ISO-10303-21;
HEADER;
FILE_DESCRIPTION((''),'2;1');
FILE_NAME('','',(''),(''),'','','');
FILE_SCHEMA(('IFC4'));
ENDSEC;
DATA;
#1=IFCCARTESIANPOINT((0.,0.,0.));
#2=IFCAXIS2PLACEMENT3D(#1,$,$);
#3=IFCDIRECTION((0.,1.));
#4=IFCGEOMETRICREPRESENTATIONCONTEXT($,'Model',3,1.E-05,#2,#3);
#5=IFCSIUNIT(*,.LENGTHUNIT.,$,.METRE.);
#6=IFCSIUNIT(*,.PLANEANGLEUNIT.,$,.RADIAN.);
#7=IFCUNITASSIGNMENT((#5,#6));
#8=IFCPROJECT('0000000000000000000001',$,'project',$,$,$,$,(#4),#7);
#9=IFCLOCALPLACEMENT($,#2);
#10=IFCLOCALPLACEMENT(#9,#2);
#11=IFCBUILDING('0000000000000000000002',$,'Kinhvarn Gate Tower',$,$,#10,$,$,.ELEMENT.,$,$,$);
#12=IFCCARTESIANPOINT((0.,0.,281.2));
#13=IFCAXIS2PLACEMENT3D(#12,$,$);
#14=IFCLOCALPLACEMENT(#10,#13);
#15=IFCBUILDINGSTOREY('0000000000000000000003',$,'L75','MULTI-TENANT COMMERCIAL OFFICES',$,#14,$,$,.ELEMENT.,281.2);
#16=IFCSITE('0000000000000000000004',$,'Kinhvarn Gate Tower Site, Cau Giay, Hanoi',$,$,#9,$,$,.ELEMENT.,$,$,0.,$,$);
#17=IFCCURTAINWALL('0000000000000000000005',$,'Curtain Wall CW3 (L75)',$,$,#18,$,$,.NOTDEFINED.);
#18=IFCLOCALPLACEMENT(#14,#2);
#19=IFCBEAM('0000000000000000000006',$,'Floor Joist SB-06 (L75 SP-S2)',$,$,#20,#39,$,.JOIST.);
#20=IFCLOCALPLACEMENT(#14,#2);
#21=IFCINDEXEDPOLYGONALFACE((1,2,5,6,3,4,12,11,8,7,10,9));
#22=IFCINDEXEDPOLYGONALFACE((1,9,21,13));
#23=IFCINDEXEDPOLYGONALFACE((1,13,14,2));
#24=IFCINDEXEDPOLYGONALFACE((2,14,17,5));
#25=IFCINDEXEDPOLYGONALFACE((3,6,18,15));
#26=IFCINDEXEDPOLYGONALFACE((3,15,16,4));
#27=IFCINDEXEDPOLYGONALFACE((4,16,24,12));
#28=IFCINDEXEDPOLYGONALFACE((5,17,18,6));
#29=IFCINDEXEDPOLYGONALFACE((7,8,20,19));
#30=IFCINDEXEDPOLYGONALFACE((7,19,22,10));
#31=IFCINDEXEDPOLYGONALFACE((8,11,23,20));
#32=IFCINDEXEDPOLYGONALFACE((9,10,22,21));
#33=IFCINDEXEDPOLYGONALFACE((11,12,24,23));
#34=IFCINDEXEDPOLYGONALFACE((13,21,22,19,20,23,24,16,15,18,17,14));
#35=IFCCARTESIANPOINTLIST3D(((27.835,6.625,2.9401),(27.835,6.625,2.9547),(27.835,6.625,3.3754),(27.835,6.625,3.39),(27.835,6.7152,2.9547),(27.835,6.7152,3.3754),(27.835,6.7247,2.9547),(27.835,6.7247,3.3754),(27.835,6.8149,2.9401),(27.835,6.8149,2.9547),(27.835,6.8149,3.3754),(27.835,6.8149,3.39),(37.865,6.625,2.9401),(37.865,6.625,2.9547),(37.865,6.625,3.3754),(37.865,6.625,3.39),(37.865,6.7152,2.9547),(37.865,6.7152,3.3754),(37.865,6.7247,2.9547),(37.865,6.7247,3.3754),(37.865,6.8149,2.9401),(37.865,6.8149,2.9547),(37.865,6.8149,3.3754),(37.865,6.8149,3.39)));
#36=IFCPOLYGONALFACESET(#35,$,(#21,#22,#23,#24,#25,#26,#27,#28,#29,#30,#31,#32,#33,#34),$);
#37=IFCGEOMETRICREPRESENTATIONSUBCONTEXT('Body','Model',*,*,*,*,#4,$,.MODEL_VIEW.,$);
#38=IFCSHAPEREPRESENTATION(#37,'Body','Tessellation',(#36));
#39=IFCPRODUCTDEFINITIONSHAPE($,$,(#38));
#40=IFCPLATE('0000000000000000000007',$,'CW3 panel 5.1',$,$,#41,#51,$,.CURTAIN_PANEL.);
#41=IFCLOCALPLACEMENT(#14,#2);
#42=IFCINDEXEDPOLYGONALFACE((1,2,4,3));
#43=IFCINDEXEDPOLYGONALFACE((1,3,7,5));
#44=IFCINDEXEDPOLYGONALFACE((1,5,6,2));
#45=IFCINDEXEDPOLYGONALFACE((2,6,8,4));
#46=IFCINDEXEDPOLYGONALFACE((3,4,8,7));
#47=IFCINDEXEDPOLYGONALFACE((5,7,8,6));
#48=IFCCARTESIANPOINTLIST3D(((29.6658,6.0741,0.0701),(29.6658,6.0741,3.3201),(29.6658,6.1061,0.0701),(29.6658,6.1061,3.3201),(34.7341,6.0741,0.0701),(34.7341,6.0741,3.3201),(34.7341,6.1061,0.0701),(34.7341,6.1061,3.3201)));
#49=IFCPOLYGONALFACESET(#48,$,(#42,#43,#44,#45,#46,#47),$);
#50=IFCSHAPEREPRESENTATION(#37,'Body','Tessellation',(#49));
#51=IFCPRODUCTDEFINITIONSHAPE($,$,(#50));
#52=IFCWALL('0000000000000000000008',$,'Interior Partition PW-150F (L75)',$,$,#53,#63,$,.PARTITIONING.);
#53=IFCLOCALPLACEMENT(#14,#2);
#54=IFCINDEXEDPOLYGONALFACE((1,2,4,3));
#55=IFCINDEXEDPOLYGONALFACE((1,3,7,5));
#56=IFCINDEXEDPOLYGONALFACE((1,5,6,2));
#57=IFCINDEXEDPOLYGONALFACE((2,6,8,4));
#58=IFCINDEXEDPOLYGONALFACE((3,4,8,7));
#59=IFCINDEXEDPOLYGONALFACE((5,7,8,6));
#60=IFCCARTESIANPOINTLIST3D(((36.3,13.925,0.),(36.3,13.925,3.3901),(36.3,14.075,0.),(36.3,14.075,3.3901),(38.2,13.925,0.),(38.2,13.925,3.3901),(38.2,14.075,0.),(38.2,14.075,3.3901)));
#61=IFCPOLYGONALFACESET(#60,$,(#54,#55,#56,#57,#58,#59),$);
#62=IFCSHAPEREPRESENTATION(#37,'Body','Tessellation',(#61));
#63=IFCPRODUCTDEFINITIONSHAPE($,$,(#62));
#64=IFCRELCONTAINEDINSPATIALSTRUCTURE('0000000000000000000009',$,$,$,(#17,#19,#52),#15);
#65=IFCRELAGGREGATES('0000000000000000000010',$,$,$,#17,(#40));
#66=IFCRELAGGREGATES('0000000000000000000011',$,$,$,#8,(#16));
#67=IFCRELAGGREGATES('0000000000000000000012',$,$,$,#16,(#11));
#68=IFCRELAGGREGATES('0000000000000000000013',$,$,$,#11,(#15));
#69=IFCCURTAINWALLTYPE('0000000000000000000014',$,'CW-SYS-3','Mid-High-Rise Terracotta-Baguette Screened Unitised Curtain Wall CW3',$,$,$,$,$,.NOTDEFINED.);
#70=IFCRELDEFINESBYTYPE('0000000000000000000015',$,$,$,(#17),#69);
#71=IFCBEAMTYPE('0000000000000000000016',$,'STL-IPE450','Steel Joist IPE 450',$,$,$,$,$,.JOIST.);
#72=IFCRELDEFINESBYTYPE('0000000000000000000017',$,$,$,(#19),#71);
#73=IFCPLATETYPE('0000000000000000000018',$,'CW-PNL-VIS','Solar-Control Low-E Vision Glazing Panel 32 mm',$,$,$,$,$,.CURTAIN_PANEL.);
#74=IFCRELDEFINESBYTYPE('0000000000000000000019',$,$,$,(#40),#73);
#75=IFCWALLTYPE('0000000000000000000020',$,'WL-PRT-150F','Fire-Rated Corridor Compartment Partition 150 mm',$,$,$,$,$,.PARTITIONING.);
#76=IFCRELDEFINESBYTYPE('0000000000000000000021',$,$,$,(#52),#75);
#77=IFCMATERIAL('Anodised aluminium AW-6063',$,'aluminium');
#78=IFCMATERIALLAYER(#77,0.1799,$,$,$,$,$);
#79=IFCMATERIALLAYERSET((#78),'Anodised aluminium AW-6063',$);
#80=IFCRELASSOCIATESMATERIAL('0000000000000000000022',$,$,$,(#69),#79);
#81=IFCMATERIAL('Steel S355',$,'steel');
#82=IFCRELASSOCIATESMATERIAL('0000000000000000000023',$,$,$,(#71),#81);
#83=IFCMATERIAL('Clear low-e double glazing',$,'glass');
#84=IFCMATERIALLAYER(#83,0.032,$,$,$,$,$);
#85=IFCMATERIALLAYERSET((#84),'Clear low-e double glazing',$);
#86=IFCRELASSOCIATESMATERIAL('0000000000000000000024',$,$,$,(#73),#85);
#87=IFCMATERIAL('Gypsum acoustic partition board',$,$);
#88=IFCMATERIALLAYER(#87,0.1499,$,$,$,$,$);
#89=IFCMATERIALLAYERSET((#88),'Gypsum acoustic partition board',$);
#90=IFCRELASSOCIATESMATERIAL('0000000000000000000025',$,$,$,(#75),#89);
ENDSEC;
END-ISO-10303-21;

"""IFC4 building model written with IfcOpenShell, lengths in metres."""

from ifc_helpers import new_model, si_unit, direction, frame, frame_2d, origin, origin_2d, place, context, subcontext, project, spatial, rectangle, i_section, extrude, material, layer, layer_set, material_profile, profile_set, type_object, element, aggregate, save


model = new_model("IFC4")

# Units and contexts
model_context = context("Model", 3, precision=1e-05, world=origin(), true_north=direction((0.0, 1.0)))
body_context = subcontext(model_context, "Body", "Model", "MODEL_VIEW")
ifc_project = project(units=[si_unit("LENGTHUNIT", "METRE"), si_unit("PLANEANGLEUNIT", "RADIAN")], contexts=[model_context])

# Site, building, storey
site_placement = place(None, origin())
site = spatial("IfcSite", under=ifc_project, at=site_placement, Name="Kinhvarn Gate Tower Site, Cau Giay, Hanoi", CompositionType="ELEMENT", RefElevation=0.0)
building_placement = place(site_placement, origin())
building = spatial("IfcBuilding", under=site, at=building_placement, Name="Kinhvarn Gate Tower", CompositionType="ELEMENT")
storey_placement = place(building_placement, frame((0.0, 0.0, 281.2)))
storey = spatial("IfcBuildingStorey", under=building, at=storey_placement, Name="L75", Description="MULTI-TENANT COMMERCIAL OFFICES", CompositionType="ELEMENT", Elevation=281.2)

# Curtain wall
ifc_material_1 = material(Name="Anodised aluminium AW-6063", Category="aluminium")
ifc_layer_1 = layer(ifc_material_1, 0.1799)
ifc_layer_set_1 = layer_set([ifc_layer_1], Name="Anodised aluminium AW-6063")
curtain_wall_type = type_object("IfcCurtainWallType", Name="CW-SYS-3", Description="Mid-High-Rise Terracotta-Baguette Screened Unitised Curtain Wall CW3", PredefinedType="NOTDEFINED", material=ifc_layer_set_1)
curtain_wall_placement = place(storey_placement, origin())
curtain_wall = element("IfcCurtainWall", 1, at=curtain_wall_placement, inside=storey, type_object=curtain_wall_type, Name="Curtain Wall CW3 (L75)", PredefinedType="NOTDEFINED")

# Beam
ifc_material_2 = material(Name="Steel S355", Category="steel")
ifc_material_profile_1 = material_profile(ifc_material_2, i_section(OverallWidth=0.1899, OverallDepth=0.45, WebThickness=0.0095, FlangeThickness=0.0146, at=origin_2d()), Name="IPE 450")
ifc_profile_set_1 = profile_set([ifc_material_profile_1], Name="Steel S355")
beam_type_1 = type_object("IfcBeamType", Name="STL-IPE450", Description="Steel Joist IPE 450", PredefinedType="JOIST", material=ifc_profile_set_1)
beam_1_placement = place(storey_placement, frame((27.835, 6.72, 3.165), z_axis=(1.0, 0.0, 0.0), x_axis=(0.0, 1.0, 0.0)))
element("IfcBeam", 2, at=beam_1_placement, inside=storey, type_object=beam_type_1, Name="Floor Joist SB-06 (L75 SP-S2)", PredefinedType="JOIST", context=body_context, shape_type="SweptSolid", body=[
    extrude(i_section(OverallWidth=0.1899, OverallDepth=0.45, WebThickness=0.0095, FlangeThickness=0.0146, at=origin_2d()), origin(), (0.0, 0.0, 1.0), 10.03),
])

# Plate
ifc_material_3 = material(Name="Clear low-e double glazing", Category="glass")
ifc_layer_2 = layer(ifc_material_3, 0.032)
ifc_layer_set_2 = layer_set([ifc_layer_2], Name="Clear low-e double glazing")
plate_type = type_object("IfcPlateType", Name="CW-PNL-VIS", Description="Solar-Control Low-E Vision Glazing Panel 32 mm", PredefinedType="CURTAIN_PANEL", material=ifc_layer_set_2)
plate_placement = place(storey_placement, frame((32.2, 6.0901, 0.0701), z_axis=(0.0, 0.0, 1.0), x_axis=(1.0, 0.0, 0.0)))
plate = element("IfcPlate", 3, at=plate_placement, type_object=plate_type, Name="CW3 panel 5.1", PredefinedType="CURTAIN_PANEL", context=body_context, shape_type="SweptSolid", body=[
    extrude(rectangle(XDim=5.0684, YDim=0.032, at=origin_2d()), origin(), (0.0, 0.0, 1.0), 3.25),
])
aggregate(curtain_wall, [plate])

# Shared definitions
ifc_material_4 = material(Name="Gypsum acoustic partition board")
ifc_layer_3 = layer(ifc_material_4, 0.1499)
ifc_layer_set_3 = layer_set([ifc_layer_3], Name="Gypsum acoustic partition board")
wall_type = type_object("IfcWallType", Name="WL-PRT-150F", Description="Fire-Rated Corridor Compartment Partition 150 mm", PredefinedType="PARTITIONING", material=ifc_layer_set_3)

# Wall
wall_1_placement = place(storey_placement, frame((36.3, 14.0, 0.0), z_axis=(0.0, 0.0, 1.0), x_axis=(1.0, 0.0, 0.0)))
element("IfcWall", 4, at=wall_1_placement, inside=storey, type_object=wall_type, Name="Interior Partition PW-150F (L75)", PredefinedType="PARTITIONING", context=body_context, shape_type="SweptSolid", body=[
    extrude(rectangle(XDim=1.8999, YDim=0.1499, at=frame_2d((0.95, 0.0))), origin(), (0.0, 0.0, 1.0), 3.3901),
])

save(model, "model.ifc")
